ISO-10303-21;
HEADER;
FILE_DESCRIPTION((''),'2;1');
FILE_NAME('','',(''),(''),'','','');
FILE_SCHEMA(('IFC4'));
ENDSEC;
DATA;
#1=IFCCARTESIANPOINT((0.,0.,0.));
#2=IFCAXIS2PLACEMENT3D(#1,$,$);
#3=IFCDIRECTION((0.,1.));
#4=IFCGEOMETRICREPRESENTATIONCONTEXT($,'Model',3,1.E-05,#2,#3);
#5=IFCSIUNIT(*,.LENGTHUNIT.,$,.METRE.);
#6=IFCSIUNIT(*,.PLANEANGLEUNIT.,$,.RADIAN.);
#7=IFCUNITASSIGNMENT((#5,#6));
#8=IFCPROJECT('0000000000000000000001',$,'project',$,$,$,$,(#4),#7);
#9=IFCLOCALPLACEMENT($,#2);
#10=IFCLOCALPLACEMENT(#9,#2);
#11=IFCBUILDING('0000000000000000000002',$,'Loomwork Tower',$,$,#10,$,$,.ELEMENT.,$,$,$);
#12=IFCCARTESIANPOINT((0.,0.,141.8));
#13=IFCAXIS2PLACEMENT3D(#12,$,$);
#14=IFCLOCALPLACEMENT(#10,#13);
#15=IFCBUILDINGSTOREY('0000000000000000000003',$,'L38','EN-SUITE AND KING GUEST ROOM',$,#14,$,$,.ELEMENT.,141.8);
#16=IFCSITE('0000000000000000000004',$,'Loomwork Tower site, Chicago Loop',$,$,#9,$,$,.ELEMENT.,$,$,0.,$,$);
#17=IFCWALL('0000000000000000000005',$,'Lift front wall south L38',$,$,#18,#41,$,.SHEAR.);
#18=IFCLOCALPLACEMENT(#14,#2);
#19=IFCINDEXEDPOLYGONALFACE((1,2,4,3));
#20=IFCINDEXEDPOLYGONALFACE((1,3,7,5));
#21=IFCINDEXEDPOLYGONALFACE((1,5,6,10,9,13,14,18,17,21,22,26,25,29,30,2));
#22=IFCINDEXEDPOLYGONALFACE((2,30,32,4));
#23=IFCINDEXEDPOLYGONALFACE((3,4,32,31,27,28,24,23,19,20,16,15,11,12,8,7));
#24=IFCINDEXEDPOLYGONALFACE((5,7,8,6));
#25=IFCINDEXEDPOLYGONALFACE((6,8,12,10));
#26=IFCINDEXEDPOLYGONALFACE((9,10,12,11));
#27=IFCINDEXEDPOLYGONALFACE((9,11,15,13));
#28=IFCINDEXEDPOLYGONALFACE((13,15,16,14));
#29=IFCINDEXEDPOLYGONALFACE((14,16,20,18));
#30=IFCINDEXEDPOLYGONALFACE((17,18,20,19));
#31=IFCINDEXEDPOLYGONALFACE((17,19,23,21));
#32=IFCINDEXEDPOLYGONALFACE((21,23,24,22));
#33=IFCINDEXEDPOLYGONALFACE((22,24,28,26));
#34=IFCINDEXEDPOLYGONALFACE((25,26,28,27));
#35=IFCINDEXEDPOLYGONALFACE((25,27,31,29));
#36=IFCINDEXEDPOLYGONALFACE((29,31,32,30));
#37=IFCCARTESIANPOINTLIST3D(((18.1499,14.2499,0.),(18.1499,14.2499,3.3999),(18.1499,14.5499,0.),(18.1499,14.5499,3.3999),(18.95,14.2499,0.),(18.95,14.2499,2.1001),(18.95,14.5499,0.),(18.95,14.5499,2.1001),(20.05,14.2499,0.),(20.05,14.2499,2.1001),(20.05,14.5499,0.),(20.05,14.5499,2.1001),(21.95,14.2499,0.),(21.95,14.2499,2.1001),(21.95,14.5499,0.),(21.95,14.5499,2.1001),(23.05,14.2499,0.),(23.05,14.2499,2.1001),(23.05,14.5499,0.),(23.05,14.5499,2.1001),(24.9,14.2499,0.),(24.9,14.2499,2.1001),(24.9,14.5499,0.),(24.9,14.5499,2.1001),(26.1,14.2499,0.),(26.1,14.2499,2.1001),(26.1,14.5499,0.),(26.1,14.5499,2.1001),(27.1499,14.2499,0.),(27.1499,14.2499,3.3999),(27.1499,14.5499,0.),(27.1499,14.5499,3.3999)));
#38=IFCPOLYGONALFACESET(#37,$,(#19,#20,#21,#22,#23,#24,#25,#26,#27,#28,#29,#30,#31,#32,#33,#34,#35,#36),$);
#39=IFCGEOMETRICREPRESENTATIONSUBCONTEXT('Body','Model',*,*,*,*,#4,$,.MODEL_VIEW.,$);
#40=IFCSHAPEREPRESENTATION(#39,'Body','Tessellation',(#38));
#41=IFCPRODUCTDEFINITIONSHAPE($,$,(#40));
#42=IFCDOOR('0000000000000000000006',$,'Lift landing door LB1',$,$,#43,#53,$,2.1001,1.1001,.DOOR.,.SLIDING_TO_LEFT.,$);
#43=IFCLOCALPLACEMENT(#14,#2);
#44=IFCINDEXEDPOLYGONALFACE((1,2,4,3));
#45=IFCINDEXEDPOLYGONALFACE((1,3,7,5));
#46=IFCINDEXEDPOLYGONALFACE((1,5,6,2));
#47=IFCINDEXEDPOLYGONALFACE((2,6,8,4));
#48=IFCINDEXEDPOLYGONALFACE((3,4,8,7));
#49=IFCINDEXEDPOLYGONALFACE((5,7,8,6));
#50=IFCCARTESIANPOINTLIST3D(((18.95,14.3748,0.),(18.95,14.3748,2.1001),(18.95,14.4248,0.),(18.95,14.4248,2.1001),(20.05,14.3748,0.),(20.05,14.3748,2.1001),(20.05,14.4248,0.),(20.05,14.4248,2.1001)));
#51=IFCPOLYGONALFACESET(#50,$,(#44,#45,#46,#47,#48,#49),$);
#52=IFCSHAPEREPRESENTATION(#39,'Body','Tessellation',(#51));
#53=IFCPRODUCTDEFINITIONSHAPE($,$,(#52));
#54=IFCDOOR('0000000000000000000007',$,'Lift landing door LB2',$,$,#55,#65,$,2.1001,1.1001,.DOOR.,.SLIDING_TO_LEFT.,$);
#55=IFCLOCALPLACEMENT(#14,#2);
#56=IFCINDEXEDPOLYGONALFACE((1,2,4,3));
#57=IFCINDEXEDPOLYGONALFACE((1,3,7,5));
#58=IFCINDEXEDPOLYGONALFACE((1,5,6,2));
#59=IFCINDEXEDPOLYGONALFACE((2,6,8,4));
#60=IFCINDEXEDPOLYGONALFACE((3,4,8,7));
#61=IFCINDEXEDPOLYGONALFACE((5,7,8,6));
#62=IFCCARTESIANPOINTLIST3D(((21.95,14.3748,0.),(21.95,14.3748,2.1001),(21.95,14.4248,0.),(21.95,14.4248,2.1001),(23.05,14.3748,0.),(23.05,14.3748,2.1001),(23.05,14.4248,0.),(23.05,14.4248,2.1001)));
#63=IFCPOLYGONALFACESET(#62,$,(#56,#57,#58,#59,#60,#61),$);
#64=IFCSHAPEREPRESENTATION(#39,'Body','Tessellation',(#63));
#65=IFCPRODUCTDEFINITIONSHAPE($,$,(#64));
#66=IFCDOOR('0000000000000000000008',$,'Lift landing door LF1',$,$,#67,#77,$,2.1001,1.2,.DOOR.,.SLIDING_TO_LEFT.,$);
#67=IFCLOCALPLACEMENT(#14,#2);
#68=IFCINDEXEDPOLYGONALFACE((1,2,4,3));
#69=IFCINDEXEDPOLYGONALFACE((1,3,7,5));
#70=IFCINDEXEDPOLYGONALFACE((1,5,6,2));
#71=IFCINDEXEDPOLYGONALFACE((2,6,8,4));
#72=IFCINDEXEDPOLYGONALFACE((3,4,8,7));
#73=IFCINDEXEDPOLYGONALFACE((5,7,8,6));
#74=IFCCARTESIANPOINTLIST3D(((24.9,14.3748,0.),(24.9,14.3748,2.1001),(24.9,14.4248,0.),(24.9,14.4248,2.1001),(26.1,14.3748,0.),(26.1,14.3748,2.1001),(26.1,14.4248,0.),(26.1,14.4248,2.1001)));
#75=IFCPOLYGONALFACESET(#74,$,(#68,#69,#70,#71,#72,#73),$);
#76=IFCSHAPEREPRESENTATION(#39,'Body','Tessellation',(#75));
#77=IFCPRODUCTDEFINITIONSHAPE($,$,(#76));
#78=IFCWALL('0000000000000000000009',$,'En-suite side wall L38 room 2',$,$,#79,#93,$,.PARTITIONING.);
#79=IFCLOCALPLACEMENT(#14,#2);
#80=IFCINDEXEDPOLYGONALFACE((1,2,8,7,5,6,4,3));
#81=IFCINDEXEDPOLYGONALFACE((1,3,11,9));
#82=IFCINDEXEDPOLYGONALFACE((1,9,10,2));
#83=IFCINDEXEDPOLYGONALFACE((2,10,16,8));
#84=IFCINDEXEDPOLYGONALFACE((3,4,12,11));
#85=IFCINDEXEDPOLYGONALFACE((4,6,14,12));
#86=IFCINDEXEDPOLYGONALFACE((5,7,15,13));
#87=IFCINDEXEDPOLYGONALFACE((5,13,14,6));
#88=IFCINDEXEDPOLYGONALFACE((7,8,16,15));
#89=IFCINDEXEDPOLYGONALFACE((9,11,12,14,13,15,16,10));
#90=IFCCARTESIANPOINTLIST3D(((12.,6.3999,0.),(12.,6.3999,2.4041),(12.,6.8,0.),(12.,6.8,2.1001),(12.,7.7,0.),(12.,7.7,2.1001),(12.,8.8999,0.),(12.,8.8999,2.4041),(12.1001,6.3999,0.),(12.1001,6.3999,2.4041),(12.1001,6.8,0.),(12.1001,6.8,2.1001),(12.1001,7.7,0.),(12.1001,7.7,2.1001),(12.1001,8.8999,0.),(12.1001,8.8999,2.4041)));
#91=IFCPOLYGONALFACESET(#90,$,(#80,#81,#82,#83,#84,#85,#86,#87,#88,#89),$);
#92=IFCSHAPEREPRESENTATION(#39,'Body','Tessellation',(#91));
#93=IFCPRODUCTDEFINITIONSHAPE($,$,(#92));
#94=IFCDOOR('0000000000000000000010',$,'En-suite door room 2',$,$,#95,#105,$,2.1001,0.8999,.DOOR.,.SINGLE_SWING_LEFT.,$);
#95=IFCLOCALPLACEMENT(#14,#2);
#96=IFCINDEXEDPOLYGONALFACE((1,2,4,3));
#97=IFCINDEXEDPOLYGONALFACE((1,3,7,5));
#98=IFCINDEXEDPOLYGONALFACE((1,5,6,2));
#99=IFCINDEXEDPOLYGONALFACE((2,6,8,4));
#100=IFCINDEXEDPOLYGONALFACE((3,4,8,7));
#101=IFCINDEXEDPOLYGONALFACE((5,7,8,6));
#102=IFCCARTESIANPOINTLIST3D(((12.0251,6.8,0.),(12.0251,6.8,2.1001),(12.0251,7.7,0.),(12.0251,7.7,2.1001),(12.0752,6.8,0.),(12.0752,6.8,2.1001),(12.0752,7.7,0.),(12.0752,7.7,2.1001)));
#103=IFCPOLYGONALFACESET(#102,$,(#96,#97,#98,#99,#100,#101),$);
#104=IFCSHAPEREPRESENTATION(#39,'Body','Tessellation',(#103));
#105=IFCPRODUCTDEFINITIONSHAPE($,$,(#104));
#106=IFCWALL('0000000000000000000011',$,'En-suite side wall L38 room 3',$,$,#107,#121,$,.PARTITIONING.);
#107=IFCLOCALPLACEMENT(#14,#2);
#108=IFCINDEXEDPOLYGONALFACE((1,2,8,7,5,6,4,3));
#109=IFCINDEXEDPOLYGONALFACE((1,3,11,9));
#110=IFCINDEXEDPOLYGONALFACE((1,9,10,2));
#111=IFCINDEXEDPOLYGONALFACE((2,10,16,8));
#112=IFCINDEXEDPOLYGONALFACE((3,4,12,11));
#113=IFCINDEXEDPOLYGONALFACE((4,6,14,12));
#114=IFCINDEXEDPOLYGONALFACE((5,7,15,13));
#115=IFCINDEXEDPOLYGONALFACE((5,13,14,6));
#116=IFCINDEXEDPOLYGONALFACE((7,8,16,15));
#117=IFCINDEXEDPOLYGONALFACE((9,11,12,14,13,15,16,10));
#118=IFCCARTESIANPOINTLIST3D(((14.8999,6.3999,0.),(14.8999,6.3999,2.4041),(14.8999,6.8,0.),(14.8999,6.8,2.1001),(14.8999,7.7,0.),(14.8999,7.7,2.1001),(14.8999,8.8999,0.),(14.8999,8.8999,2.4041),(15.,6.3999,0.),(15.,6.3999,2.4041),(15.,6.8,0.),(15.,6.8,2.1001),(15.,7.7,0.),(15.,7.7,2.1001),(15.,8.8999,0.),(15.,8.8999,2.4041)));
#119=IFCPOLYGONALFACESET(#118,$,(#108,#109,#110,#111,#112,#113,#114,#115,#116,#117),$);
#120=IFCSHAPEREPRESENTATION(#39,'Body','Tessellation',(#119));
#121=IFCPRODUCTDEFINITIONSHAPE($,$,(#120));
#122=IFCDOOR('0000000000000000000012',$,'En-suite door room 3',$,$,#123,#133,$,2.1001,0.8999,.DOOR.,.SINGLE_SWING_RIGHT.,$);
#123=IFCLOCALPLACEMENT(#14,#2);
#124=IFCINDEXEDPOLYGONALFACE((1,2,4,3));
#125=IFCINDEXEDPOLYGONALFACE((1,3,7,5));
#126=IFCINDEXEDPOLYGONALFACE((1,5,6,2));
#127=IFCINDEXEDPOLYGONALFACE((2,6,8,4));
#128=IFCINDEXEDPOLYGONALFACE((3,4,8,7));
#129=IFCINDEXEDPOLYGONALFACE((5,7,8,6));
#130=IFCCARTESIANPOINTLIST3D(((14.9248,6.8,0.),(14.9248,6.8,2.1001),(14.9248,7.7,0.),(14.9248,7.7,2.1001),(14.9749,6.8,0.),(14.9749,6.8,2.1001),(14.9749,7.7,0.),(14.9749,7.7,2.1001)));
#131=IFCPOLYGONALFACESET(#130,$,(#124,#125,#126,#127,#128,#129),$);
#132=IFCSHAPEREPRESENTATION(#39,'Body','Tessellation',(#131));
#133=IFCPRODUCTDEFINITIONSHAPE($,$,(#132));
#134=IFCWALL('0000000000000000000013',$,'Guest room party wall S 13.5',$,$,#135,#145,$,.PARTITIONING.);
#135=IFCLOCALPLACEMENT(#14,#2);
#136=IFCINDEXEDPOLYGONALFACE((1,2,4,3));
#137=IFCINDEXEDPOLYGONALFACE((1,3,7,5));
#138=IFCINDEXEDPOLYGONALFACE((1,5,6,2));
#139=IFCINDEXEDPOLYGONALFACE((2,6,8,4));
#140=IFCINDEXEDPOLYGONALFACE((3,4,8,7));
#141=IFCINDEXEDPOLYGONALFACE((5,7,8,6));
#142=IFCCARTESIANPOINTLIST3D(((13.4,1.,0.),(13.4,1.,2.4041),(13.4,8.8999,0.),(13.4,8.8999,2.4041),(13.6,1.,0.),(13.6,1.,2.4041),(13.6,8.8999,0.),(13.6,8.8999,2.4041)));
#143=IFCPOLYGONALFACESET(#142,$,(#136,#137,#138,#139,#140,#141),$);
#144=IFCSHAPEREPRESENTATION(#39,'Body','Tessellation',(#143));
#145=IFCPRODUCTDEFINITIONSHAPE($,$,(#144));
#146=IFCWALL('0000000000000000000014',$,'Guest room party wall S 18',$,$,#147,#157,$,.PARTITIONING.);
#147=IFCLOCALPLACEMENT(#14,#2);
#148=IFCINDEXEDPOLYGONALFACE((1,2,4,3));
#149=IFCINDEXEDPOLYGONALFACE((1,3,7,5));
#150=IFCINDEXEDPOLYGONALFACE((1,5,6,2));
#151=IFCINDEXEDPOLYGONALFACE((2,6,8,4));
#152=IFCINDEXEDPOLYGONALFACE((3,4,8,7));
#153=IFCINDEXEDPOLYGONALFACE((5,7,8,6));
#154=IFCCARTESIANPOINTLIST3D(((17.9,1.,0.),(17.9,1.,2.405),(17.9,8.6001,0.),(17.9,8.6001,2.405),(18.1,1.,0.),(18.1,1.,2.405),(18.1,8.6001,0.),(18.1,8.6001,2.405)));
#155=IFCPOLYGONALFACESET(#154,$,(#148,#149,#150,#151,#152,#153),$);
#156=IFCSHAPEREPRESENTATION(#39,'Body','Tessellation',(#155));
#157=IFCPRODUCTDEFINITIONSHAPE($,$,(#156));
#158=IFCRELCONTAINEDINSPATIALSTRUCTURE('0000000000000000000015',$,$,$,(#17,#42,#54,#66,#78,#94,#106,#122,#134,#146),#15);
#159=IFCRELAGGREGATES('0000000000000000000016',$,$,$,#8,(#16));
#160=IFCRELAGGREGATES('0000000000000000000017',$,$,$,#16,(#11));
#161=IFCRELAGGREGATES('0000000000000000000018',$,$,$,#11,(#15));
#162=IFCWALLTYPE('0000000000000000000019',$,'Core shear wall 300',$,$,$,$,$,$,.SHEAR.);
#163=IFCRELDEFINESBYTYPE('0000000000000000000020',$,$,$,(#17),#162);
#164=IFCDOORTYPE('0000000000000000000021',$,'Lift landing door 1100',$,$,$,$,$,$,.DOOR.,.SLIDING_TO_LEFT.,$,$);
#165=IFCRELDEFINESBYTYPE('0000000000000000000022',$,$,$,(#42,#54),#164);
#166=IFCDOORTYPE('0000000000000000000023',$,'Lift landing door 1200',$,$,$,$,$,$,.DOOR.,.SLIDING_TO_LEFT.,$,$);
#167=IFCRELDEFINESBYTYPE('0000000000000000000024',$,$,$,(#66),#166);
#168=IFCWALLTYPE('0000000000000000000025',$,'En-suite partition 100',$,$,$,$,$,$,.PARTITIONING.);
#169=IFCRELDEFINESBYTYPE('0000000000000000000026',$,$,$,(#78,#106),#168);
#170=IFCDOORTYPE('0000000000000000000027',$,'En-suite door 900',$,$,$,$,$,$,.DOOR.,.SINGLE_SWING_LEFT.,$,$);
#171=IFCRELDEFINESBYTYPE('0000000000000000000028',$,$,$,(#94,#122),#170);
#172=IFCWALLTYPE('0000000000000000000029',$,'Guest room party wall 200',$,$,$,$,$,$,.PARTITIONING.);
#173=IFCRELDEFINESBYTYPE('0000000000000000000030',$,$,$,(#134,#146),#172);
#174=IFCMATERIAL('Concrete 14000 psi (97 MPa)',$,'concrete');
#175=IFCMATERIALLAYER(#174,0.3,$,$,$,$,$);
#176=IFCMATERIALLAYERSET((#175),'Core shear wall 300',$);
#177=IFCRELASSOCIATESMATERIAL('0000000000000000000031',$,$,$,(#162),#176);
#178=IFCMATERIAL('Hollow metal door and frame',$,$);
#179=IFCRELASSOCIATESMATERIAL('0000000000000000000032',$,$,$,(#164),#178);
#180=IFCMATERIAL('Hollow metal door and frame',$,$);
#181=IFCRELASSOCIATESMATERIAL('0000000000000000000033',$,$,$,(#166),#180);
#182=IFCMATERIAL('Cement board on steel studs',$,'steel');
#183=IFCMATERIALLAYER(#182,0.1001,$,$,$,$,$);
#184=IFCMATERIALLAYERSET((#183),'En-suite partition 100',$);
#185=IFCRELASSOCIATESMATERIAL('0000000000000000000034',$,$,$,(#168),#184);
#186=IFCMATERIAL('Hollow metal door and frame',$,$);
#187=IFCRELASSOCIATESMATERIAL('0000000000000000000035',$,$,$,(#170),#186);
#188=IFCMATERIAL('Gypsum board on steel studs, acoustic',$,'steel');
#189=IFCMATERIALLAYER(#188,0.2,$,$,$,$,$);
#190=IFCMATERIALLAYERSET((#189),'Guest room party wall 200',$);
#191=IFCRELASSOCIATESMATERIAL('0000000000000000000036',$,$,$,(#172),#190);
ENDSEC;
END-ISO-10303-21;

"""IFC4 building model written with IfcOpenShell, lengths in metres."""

from ifc_helpers import new_model, si_unit, direction, frame, frame_2d, origin, place, context, subcontext, project, spatial, rectangle, extrude, material, layer, layer_set, type_object, element, fill, save


model = new_model("IFC4")

# Units and contexts
model_context = context("Model", 3, precision=1e-05, world=origin(), true_north=direction((0.0, 1.0)))
body_context = subcontext(model_context, "Body", "Model", "MODEL_VIEW")
ifc_project = project(units=[si_unit("LENGTHUNIT", "METRE"), si_unit("PLANEANGLEUNIT", "RADIAN")], contexts=[model_context])

# Site, building, storey
site_placement = place(None, origin())
site = spatial("IfcSite", under=ifc_project, at=site_placement, Name="Loomwork Tower site, Chicago Loop", CompositionType="ELEMENT", RefElevation=0.0)
building_placement = place(site_placement, origin())
building = spatial("IfcBuilding", under=site, at=building_placement, Name="Loomwork Tower", CompositionType="ELEMENT")
storey_placement = place(building_placement, frame((0.0, 0.0, 141.8)))
storey = spatial("IfcBuildingStorey", under=building, at=storey_placement, Name="L38", Description="EN-SUITE AND KING GUEST ROOM", CompositionType="ELEMENT", Elevation=141.8)

# Shared definitions
ifc_material_1 = material(Name="Concrete 14000 psi (97 MPa)", Category="concrete")
ifc_layer_1 = layer(ifc_material_1, 0.3)
ifc_layer_set_1 = layer_set([ifc_layer_1], Name="Core shear wall 300")
wall_type_1 = type_object("IfcWallType", Name="Core shear wall 300", PredefinedType="SHEAR", material=ifc_layer_set_1)

# Wall, openings, doors
wall_1_placement = place(storey_placement, frame((18.1499, 14.3999, 0.0), z_axis=(0.0, 0.0, 1.0), x_axis=(1.0, 0.0, 0.0)))
wall_1 = element("IfcWall", 1, at=wall_1_placement, inside=storey, type_object=wall_type_1, Name="Lift front wall south L38", PredefinedType="SHEAR", context=body_context, shape_type="SweptSolid", body=[
    extrude(rectangle(XDim=9.0, YDim=0.3, at=frame_2d((4.5, 0.0))), origin(), (0.0, 0.0, 1.0), 3.3999),
])
opening_1_placement = place(wall_1_placement, frame((0.8, 0.0, 0.0)))
opening_1 = element("IfcOpeningElement", 2, at=opening_1_placement, cuts=wall_1, PredefinedType="OPENING", context=body_context, shape_type="SweptSolid", body=[
    extrude(rectangle(XDim=1.1001, YDim=2.1001, at=frame_2d((0.55, 1.05))), frame((0.0, 0.1599, 0.0), z_axis=(0.0, -1.0, 0.0), x_axis=(1.0, 0.0, 0.0)), (0.0, 0.0, 1.0), 0.3201),
])
opening_2_placement = place(wall_1_placement, frame((3.8, 0.0, 0.0)))
opening_2 = element("IfcOpeningElement", 3, at=opening_2_placement, cuts=wall_1, PredefinedType="OPENING", context=body_context, shape_type="SweptSolid", body=[
    extrude(rectangle(XDim=1.1001, YDim=2.1001, at=frame_2d((0.55, 1.05))), frame((0.0, 0.1599, 0.0), z_axis=(0.0, -1.0, 0.0), x_axis=(1.0, 0.0, 0.0)), (0.0, 0.0, 1.0), 0.3201),
])
opening_3_placement = place(wall_1_placement, frame((6.75, 0.0, 0.0)))
opening_3 = element("IfcOpeningElement", 4, at=opening_3_placement, cuts=wall_1, PredefinedType="OPENING", context=body_context, shape_type="SweptSolid", body=[
    extrude(rectangle(XDim=1.2, YDim=2.1001, at=frame_2d((0.6001, 1.05))), frame((0.0, 0.1599, 0.0), z_axis=(0.0, -1.0, 0.0), x_axis=(1.0, 0.0, 0.0)), (0.0, 0.0, 1.0), 0.3201),
])
ifc_material_2 = material(Name="Hollow metal door and frame")
door_type_1 = type_object("IfcDoorType", Name="Lift landing door 1100", OperationType="SLIDING_TO_LEFT", PredefinedType="DOOR", material=ifc_material_2)
door_1_placement = place(opening_1_placement, origin())
door_1 = element("IfcDoor", 5, at=door_1_placement, inside=storey, type_object=door_type_1, Name="Lift landing door LB1", OperationType="SLIDING_TO_LEFT", OverallHeight=2.1001, OverallWidth=1.1001, PredefinedType="DOOR", context=body_context, shape_type="SweptSolid", body=[
    extrude(rectangle(XDim=1.1001, YDim=2.1001, at=frame_2d((0.55, 1.05))), frame((0.0, 0.0249, 0.0), z_axis=(0.0, -1.0, 0.0), x_axis=(1.0, 0.0, 0.0)), (0.0, 0.0, 1.0), 0.05),
])
fill(opening_1, door_1)
door_2_placement = place(opening_2_placement, origin())
door_2 = element("IfcDoor", 6, at=door_2_placement, inside=storey, type_object=door_type_1, Name="Lift landing door LB2", OperationType="SLIDING_TO_LEFT", OverallHeight=2.1001, OverallWidth=1.1001, PredefinedType="DOOR", context=body_context, shape_type="SweptSolid", body=[
    extrude(rectangle(XDim=1.1001, YDim=2.1001, at=frame_2d((0.55, 1.05))), frame((0.0, 0.0249, 0.0), z_axis=(0.0, -1.0, 0.0), x_axis=(1.0, 0.0, 0.0)), (0.0, 0.0, 1.0), 0.05),
])
fill(opening_2, door_2)
ifc_material_3 = material(Name="Hollow metal door and frame")
door_type_2 = type_object("IfcDoorType", Name="Lift landing door 1200", OperationType="SLIDING_TO_LEFT", PredefinedType="DOOR", material=ifc_material_3)
door_3_placement = place(opening_3_placement, origin())
door_3 = element("IfcDoor", 7, at=door_3_placement, inside=storey, type_object=door_type_2, Name="Lift landing door LF1", OperationType="SLIDING_TO_LEFT", OverallHeight=2.1001, OverallWidth=1.2, PredefinedType="DOOR", context=body_context, shape_type="SweptSolid", body=[
    extrude(rectangle(XDim=1.2, YDim=2.1001, at=frame_2d((0.6001, 1.05))), frame((0.0, 0.0249, 0.0), z_axis=(0.0, -1.0, 0.0), x_axis=(1.0, 0.0, 0.0)), (0.0, 0.0, 1.0), 0.05),
])
fill(opening_3, door_3)

# Walls, openings, doors
ifc_material_4 = material(Name="Cement board on steel studs", Category="steel")
ifc_layer_2 = layer(ifc_material_4, 0.1001)
ifc_layer_set_2 = layer_set([ifc_layer_2], Name="En-suite partition 100")
wall_type_2 = type_object("IfcWallType", Name="En-suite partition 100", PredefinedType="PARTITIONING", material=ifc_layer_set_2)
wall_2_placement = place(storey_placement, frame((12.05, 8.8999, 0.0), z_axis=(0.0, 0.0, 1.0), x_axis=(0.0, -1.0, 0.0)))
wall_2 = element("IfcWall", 8, at=wall_2_placement, inside=storey, type_object=wall_type_2, Name="En-suite side wall L38 room 2", PredefinedType="PARTITIONING", context=body_context, shape_type="SweptSolid", body=[
    extrude(rectangle(XDim=2.5, YDim=0.1001, at=frame_2d((1.25, 0.0))), origin(), (0.0, 0.0, 1.0), 2.4041),
])
opening_4_placement = place(wall_2_placement, frame((1.2, 0.0, 0.0)))
opening_4 = element("IfcOpeningElement", 9, at=opening_4_placement, cuts=wall_2, PredefinedType="OPENING", context=body_context, shape_type="SweptSolid", body=[
    extrude(rectangle(XDim=0.8999, YDim=2.1001, at=frame_2d((0.45, 1.05))), frame((0.0, 0.0601, 0.0), z_axis=(0.0, -1.0, 0.0), x_axis=(1.0, 0.0, 0.0)), (0.0, 0.0, 1.0), 0.1201),
])
ifc_material_5 = material(Name="Hollow metal door and frame")
door_type_3 = type_object("IfcDoorType", Name="En-suite door 900", OperationType="SINGLE_SWING_LEFT", PredefinedType="DOOR", material=ifc_material_5)
door_4_placement = place(opening_4_placement, frame((0.8999, 0.0, 0.0), z_axis=(0.0, 0.0, 1.0), x_axis=(-1.0, 0.0, 0.0)))
door_4 = element("IfcDoor", 10, at=door_4_placement, inside=storey, type_object=door_type_3, Name="En-suite door room 2", OperationType="SINGLE_SWING_LEFT", OverallHeight=2.1001, OverallWidth=0.8999, PredefinedType="DOOR", context=body_context, shape_type="SweptSolid", body=[
    extrude(rectangle(XDim=0.8999, YDim=2.1001, at=frame_2d((0.45, 1.05))), frame((0.0, 0.0249, 0.0), z_axis=(0.0, -1.0, 0.0), x_axis=(1.0, 0.0, 0.0)), (0.0, 0.0, 1.0), 0.05),
])
fill(opening_4, door_4)
wall_3_placement = place(storey_placement, frame((14.95, 8.8999, 0.0), z_axis=(0.0, 0.0, 1.0), x_axis=(0.0, -1.0, 0.0)))
wall_3 = element("IfcWall", 11, at=wall_3_placement, inside=storey, type_object=wall_type_2, Name="En-suite side wall L38 room 3", PredefinedType="PARTITIONING", context=body_context, shape_type="SweptSolid", body=[
    extrude(rectangle(XDim=2.5, YDim=0.1001, at=frame_2d((1.25, 0.0))), origin(), (0.0, 0.0, 1.0), 2.4041),
])
opening_5_placement = place(wall_3_placement, frame((1.2, 0.0, 0.0)))
opening_5 = element("IfcOpeningElement", 12, at=opening_5_placement, cuts=wall_3, PredefinedType="OPENING", context=body_context, shape_type="SweptSolid", body=[
    extrude(rectangle(XDim=0.8999, YDim=2.1001, at=frame_2d((0.45, 1.05))), frame((0.0, 0.0601, 0.0), z_axis=(0.0, -1.0, 0.0), x_axis=(1.0, 0.0, 0.0)), (0.0, 0.0, 1.0), 0.1201),
])
door_5_placement = place(opening_5_placement, origin())
door_5 = element("IfcDoor", 13, at=door_5_placement, inside=storey, type_object=door_type_3, Name="En-suite door room 3", OperationType="SINGLE_SWING_RIGHT", OverallHeight=2.1001, OverallWidth=0.8999, PredefinedType="DOOR", context=body_context, shape_type="SweptSolid", body=[
    extrude(rectangle(XDim=0.8999, YDim=2.1001, at=frame_2d((0.45, 1.05))), frame((0.0, 0.0249, 0.0), z_axis=(0.0, -1.0, 0.0), x_axis=(1.0, 0.0, 0.0)), (0.0, 0.0, 1.0), 0.05),
])
fill(opening_5, door_5)

# Walls
ifc_material_6 = material(Name="Gypsum board on steel studs, acoustic", Category="steel")
ifc_layer_3 = layer(ifc_material_6, 0.2)
ifc_layer_set_3 = layer_set([ifc_layer_3], Name="Guest room party wall 200")
wall_type_3 = type_object("IfcWallType", Name="Guest room party wall 200", PredefinedType="PARTITIONING", material=ifc_layer_set_3)
wall_4_placement = place(storey_placement, frame((13.5, 8.8999, 0.0), z_axis=(0.0, 0.0, 1.0), x_axis=(0.0, -1.0, 0.0)))
element("IfcWall", 14, at=wall_4_placement, inside=storey, type_object=wall_type_3, Name="Guest room party wall S 13.5", PredefinedType="PARTITIONING", context=body_context, shape_type="SweptSolid", body=[
    extrude(rectangle(XDim=7.8999, YDim=0.2, at=frame_2d((3.95, 0.0))), origin(), (0.0, 0.0, 1.0), 2.4041),
])
wall_5_placement = place(storey_placement, frame((18.0, 8.6001, 0.0), z_axis=(0.0, 0.0, 1.0), x_axis=(0.0, -1.0, 0.0)))
element("IfcWall", 15, at=wall_5_placement, inside=storey, type_object=wall_type_3, Name="Guest room party wall S 18", PredefinedType="PARTITIONING", context=body_context, shape_type="SweptSolid", body=[
    extrude(rectangle(XDim=7.6001, YDim=0.2, at=frame_2d((3.8, 0.0))), origin(), (0.0, 0.0, 1.0), 2.405),
])

save(model, "model.ifc")
